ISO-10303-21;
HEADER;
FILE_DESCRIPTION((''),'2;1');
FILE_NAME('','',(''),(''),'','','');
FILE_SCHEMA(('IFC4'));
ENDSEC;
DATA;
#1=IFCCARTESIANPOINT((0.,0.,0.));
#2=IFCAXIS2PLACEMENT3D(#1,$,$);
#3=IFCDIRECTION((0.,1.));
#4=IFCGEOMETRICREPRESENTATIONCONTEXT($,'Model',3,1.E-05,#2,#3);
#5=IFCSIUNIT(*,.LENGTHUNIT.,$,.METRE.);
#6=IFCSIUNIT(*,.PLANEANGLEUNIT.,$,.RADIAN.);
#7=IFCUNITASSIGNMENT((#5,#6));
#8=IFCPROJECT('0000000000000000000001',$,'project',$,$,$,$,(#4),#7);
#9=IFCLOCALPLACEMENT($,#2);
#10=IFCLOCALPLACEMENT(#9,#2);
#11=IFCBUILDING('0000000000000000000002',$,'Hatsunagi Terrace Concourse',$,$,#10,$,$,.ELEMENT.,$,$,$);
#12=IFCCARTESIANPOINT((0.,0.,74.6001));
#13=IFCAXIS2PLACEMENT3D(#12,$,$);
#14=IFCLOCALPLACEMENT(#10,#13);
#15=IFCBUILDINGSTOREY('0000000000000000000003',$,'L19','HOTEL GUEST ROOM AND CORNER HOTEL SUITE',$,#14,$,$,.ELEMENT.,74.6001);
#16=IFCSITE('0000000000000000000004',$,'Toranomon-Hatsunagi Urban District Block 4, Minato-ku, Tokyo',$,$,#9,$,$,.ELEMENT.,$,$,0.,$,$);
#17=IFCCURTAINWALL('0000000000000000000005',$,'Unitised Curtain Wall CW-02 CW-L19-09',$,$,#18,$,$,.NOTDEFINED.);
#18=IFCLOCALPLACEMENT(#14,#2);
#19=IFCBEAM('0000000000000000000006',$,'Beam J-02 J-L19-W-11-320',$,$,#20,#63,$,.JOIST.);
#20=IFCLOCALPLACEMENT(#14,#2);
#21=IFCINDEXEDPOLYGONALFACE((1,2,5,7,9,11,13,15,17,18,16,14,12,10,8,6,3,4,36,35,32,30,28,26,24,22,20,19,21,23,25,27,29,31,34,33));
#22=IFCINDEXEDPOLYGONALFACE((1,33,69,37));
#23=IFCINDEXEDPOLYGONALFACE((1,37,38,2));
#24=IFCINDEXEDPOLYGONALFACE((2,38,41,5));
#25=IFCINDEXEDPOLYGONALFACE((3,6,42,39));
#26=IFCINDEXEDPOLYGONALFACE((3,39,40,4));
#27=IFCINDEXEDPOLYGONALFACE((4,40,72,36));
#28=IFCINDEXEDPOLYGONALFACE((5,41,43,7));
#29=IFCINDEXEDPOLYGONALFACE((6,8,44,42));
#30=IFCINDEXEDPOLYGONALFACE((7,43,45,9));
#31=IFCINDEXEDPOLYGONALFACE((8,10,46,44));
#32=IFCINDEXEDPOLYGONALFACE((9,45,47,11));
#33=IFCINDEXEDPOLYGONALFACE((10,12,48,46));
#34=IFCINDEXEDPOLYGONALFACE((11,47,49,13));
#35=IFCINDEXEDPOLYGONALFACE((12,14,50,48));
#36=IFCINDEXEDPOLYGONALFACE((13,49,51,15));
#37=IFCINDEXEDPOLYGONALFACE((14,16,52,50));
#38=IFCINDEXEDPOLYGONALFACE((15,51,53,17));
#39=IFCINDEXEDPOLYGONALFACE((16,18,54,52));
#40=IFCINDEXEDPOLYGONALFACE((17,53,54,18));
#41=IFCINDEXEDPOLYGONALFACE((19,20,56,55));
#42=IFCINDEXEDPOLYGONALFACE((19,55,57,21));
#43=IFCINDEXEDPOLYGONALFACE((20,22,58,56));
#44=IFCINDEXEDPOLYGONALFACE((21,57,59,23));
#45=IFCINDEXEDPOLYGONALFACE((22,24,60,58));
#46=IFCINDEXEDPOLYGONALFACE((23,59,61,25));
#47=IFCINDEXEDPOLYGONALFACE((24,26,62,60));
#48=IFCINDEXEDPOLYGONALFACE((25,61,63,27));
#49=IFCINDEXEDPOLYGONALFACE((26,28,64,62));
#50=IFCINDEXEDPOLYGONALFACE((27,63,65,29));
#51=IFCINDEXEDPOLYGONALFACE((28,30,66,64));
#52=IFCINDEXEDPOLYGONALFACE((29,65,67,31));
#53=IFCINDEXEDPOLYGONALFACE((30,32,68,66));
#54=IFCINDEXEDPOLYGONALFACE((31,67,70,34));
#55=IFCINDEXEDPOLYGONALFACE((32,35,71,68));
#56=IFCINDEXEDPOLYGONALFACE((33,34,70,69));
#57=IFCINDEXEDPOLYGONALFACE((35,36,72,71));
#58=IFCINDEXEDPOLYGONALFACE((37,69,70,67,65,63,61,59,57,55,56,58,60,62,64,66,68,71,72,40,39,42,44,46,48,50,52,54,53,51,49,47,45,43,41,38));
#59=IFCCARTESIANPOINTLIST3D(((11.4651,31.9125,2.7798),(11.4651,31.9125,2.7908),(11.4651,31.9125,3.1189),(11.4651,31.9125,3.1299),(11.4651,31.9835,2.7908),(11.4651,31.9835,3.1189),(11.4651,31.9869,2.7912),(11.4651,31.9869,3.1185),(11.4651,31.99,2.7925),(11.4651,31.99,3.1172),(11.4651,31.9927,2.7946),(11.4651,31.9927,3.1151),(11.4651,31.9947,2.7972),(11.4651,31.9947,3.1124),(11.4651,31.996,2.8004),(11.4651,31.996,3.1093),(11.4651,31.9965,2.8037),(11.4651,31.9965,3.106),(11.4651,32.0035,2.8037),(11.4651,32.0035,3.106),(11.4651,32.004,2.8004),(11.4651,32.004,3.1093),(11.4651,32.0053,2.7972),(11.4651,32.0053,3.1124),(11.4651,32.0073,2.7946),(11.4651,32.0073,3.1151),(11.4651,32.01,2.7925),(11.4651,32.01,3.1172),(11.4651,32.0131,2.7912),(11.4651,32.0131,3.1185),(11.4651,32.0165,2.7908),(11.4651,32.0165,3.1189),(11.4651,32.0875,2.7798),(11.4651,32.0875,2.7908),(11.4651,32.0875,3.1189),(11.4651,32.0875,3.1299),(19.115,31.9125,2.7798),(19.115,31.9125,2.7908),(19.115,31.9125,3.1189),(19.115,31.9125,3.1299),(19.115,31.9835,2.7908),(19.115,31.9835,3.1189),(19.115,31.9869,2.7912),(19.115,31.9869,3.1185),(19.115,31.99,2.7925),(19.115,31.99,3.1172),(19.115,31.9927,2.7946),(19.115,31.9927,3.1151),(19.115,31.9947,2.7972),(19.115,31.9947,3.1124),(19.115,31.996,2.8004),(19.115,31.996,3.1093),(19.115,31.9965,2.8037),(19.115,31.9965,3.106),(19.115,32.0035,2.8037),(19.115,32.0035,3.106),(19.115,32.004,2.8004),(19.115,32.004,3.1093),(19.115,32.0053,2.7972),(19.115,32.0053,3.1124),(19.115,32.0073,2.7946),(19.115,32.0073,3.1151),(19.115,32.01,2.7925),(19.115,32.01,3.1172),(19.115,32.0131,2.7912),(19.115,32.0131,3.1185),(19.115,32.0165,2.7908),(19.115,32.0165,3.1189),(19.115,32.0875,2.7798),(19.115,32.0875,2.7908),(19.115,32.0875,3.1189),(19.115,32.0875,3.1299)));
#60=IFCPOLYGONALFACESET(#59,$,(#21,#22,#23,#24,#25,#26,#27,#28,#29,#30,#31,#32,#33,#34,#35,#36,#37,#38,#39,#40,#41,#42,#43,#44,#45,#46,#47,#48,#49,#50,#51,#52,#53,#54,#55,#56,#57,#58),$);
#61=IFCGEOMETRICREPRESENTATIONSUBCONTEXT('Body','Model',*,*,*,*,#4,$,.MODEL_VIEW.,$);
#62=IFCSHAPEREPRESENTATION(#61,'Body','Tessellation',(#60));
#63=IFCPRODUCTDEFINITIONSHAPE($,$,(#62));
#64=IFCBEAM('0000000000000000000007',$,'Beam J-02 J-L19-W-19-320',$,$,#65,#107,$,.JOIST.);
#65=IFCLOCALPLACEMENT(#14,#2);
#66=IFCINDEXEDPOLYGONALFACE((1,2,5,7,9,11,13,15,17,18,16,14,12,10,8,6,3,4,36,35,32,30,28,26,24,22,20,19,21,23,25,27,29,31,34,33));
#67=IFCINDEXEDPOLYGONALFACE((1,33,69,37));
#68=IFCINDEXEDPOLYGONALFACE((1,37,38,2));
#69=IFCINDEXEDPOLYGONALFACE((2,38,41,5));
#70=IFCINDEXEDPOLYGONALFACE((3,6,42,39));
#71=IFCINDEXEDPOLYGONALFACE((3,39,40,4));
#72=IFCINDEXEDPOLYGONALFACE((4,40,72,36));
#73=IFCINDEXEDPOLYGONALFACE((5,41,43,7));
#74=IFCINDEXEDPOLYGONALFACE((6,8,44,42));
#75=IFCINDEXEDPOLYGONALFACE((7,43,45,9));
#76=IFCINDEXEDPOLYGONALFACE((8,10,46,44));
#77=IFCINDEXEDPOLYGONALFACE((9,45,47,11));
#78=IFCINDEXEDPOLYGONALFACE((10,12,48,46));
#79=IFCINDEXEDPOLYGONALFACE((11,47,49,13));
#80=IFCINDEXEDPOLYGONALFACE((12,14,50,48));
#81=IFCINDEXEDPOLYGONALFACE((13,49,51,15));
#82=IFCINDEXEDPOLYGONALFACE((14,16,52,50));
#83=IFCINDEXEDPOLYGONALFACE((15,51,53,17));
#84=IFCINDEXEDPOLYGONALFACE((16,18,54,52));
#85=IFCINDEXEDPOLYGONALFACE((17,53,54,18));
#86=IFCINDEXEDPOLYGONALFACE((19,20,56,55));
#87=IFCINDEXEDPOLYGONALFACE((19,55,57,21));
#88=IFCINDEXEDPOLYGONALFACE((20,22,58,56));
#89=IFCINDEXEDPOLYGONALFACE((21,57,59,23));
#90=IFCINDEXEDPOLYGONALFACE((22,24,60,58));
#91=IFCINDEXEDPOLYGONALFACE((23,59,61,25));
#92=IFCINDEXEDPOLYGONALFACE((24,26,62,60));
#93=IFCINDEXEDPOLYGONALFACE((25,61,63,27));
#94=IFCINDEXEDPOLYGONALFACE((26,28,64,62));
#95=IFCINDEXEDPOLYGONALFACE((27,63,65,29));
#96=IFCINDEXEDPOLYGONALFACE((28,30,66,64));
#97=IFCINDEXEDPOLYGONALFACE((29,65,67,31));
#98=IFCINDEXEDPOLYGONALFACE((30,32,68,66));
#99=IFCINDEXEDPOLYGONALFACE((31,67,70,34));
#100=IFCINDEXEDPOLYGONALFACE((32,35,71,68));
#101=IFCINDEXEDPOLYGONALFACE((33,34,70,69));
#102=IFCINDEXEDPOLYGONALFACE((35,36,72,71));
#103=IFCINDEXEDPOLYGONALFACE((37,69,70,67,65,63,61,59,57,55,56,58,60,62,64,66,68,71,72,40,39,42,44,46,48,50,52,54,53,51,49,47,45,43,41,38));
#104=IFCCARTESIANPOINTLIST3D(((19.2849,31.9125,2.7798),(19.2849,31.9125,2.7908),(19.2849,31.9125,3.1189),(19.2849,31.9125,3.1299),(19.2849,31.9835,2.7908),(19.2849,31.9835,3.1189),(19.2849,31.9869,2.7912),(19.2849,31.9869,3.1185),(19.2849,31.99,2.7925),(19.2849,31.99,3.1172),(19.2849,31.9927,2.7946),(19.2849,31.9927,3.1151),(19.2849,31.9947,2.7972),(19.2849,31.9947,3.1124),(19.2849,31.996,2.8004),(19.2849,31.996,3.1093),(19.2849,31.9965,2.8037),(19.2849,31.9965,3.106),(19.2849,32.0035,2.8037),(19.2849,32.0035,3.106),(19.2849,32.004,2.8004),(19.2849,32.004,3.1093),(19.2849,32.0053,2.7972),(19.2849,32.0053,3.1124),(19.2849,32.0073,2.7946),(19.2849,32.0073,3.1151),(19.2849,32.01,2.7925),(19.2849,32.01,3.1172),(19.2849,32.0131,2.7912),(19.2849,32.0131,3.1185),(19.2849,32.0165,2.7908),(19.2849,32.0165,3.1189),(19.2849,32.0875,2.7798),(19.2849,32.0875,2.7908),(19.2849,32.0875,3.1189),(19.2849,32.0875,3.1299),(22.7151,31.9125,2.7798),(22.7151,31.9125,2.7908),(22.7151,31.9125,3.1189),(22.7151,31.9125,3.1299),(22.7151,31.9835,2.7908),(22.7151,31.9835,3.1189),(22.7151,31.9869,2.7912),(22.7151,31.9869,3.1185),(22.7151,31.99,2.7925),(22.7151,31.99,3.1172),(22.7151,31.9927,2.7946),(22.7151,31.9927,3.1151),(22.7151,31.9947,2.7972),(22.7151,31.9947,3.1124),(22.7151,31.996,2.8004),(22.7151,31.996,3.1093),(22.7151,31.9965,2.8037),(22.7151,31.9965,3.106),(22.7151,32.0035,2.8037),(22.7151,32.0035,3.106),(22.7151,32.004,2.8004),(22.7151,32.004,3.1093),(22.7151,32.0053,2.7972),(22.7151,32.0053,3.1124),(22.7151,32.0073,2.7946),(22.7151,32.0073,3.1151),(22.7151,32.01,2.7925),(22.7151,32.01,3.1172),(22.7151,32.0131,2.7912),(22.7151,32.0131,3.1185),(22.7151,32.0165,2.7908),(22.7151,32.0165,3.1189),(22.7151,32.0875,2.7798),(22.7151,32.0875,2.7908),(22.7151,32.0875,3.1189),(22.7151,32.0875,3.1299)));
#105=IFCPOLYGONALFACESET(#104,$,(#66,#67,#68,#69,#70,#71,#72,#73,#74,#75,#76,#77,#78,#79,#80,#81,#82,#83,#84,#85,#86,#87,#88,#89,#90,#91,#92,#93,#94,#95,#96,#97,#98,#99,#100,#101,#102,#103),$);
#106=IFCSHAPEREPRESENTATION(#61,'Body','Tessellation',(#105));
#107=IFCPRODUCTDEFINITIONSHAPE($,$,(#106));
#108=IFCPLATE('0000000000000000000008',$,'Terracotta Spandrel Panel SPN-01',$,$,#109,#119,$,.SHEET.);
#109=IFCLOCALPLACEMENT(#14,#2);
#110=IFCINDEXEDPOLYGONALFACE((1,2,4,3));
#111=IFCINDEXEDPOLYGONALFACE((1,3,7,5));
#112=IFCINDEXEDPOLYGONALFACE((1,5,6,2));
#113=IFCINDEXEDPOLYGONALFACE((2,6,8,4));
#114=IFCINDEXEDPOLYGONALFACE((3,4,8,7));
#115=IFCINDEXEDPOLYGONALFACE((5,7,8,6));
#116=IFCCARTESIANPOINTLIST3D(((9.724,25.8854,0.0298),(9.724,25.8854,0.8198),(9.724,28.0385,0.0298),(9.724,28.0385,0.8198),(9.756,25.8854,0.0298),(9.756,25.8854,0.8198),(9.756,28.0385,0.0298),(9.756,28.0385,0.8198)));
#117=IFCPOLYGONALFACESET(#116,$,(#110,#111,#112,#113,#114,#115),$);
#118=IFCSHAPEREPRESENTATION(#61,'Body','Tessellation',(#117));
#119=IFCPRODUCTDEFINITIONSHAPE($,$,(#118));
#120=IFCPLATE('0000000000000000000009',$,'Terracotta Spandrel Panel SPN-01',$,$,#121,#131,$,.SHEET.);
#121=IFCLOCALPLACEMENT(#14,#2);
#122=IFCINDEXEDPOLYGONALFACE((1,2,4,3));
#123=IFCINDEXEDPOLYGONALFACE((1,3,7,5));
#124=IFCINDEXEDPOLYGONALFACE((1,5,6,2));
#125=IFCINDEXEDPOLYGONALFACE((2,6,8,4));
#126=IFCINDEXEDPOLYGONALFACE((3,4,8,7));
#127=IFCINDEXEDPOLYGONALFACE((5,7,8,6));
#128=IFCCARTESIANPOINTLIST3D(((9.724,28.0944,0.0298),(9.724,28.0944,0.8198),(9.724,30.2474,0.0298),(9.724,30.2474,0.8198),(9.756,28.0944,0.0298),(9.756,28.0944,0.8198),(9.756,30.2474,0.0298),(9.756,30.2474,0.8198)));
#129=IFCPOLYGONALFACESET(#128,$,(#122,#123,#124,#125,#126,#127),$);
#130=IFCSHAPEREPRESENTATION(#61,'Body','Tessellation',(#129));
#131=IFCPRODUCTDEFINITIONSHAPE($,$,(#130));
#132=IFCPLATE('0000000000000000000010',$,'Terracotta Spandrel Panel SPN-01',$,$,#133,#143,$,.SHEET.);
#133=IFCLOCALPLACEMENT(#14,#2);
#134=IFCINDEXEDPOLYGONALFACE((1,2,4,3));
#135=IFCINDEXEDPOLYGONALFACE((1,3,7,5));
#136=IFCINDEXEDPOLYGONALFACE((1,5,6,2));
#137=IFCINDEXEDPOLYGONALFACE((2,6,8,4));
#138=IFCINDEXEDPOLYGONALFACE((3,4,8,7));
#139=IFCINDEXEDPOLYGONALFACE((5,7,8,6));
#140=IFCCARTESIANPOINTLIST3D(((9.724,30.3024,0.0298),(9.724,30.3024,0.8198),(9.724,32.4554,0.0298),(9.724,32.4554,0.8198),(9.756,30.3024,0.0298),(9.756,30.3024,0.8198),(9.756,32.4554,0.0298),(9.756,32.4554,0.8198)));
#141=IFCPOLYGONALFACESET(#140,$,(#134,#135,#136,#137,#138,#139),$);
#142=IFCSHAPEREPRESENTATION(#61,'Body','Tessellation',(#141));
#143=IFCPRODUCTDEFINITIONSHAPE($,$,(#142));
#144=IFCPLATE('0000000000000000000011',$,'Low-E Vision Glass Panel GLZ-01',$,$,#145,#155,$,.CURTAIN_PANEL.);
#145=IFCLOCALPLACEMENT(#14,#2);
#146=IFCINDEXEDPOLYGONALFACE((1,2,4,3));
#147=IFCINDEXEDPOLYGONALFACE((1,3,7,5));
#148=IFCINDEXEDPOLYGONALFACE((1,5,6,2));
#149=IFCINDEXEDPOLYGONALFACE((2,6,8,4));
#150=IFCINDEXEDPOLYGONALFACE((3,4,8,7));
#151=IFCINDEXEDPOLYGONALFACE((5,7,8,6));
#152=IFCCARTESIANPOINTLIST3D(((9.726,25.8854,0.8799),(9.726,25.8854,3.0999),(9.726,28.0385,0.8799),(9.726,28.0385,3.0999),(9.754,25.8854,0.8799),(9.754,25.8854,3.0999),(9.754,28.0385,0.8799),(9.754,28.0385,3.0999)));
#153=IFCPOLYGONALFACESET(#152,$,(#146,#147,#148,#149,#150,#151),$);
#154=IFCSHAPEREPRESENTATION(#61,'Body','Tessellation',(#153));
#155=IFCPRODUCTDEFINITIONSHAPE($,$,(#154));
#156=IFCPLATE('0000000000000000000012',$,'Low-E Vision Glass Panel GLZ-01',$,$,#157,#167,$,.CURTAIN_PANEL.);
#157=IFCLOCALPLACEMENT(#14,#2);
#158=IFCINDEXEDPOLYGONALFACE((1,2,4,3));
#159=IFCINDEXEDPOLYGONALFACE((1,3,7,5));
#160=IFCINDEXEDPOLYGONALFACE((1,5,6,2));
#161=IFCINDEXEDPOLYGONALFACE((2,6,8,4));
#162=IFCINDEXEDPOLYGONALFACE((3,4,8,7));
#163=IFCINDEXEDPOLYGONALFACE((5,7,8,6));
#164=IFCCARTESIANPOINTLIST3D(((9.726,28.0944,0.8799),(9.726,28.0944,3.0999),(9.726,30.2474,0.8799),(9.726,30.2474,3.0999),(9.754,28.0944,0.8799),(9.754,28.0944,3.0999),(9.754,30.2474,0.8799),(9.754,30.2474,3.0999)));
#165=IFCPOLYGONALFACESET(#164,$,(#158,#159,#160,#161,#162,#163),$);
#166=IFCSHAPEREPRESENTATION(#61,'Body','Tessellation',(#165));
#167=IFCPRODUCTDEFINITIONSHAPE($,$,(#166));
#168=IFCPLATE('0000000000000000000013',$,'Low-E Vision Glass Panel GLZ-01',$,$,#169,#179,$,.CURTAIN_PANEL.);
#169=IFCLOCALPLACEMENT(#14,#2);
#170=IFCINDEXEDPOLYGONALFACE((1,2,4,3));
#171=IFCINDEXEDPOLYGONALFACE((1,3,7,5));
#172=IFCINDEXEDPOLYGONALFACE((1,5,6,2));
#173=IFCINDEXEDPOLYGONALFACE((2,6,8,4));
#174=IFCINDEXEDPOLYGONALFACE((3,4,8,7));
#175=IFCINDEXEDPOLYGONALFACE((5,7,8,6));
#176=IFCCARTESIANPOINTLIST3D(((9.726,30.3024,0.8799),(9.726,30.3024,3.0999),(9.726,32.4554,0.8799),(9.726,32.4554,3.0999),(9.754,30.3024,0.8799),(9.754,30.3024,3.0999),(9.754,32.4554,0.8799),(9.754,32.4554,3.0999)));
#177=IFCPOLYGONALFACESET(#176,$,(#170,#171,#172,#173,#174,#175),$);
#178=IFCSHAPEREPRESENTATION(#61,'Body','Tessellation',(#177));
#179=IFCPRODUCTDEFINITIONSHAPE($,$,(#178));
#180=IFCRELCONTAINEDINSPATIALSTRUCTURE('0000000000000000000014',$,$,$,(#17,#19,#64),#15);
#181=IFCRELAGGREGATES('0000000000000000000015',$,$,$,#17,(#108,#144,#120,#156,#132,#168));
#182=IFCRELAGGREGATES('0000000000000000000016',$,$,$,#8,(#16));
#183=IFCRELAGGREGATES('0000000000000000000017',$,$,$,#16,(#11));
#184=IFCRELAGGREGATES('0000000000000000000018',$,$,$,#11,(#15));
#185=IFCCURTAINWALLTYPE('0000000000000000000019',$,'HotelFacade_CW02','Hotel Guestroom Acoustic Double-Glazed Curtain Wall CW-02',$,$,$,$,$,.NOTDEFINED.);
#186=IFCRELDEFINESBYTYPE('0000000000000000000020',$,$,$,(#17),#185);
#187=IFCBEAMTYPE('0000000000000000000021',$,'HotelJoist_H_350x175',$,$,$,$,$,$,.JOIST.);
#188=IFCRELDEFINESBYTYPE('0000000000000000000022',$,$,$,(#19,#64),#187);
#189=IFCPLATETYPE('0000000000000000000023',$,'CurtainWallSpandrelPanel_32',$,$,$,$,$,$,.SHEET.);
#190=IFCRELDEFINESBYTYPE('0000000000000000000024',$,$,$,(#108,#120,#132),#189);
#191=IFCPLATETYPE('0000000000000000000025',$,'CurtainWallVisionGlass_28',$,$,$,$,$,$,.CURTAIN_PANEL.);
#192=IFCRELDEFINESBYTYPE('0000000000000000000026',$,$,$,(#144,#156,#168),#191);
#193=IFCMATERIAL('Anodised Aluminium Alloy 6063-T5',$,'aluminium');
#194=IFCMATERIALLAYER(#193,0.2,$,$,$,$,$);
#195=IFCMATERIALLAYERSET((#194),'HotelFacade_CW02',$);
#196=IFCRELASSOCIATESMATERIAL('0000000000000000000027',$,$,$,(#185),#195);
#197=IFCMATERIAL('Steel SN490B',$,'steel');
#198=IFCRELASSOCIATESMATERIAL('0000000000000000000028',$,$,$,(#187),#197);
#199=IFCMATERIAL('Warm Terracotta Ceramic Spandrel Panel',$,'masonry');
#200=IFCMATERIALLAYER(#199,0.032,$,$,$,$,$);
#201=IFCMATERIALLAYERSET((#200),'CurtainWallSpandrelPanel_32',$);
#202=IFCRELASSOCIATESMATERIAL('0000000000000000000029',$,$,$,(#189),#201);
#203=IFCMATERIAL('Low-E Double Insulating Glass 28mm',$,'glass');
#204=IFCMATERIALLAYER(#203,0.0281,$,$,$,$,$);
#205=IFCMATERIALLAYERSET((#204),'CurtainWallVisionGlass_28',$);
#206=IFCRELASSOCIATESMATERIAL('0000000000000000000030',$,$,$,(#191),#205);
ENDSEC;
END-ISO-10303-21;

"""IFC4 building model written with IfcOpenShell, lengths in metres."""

from ifc_helpers import new_model, si_unit, direction, frame, origin, origin_2d, place, context, subcontext, project, spatial, rectangle, i_section, extrude, material, layer, layer_set, material_profile, profile_set, type_object, element, aggregate, save


model = new_model("IFC4")

# Units and contexts
model_context = context("Model", 3, precision=1e-05, world=origin(), true_north=direction((0.0, 1.0)))
body_context = subcontext(model_context, "Body", "Model", "MODEL_VIEW")
ifc_project = project(units=[si_unit("LENGTHUNIT", "METRE"), si_unit("PLANEANGLEUNIT", "RADIAN")], contexts=[model_context])

# Site, building, storey
site_placement = place(None, origin())
site = spatial("IfcSite", under=ifc_project, at=site_placement, Name="Toranomon-Hatsunagi Urban District Block 4, Minato-ku, Tokyo", CompositionType="ELEMENT", RefElevation=0.0)
building_placement = place(site_placement, origin())
building = spatial("IfcBuilding", under=site, at=building_placement, Name="Hatsunagi Terrace Concourse", CompositionType="ELEMENT")
storey_placement = place(building_placement, frame((0.0, 0.0, 74.6001)))
storey = spatial("IfcBuildingStorey", under=building, at=storey_placement, Name="L19", Description="HOTEL GUEST ROOM AND CORNER HOTEL SUITE", CompositionType="ELEMENT", Elevation=74.6001)

# Curtain wall
ifc_material_1 = material(Name="Anodised Aluminium Alloy 6063-T5", Category="aluminium")
ifc_layer_1 = layer(ifc_material_1, 0.2)
ifc_layer_set_1 = layer_set([ifc_layer_1], Name="HotelFacade_CW02")
curtain_wall_type = type_object("IfcCurtainWallType", Name="HotelFacade_CW02", Description="Hotel Guestroom Acoustic Double-Glazed Curtain Wall CW-02", PredefinedType="NOTDEFINED", material=ifc_layer_set_1)
curtain_wall_placement = place(storey_placement, origin())
curtain_wall = element("IfcCurtainWall", 1, at=curtain_wall_placement, inside=storey, type_object=curtain_wall_type, Name="Unitised Curtain Wall CW-02 CW-L19-09", PredefinedType="NOTDEFINED")

# Beams
ifc_material_2 = material(Name="Steel SN490B", Category="steel")
ifc_material_profile_1 = material_profile(ifc_material_2, i_section(OverallWidth=0.175, OverallDepth=0.3501, WebThickness=0.0071, FlangeThickness=0.011, FilletRadius=0.0129, at=origin_2d()), Name="H-350x175x7x11")
ifc_profile_set_1 = profile_set([ifc_material_profile_1], Name="Steel SN490B")
beam_type_1 = type_object("IfcBeamType", Name="HotelJoist_H_350x175", PredefinedType="JOIST", material=ifc_profile_set_1)
beam_1_placement = place(storey_placement, frame((11.4651, 32.0, 2.9548), z_axis=(1.0, 0.0, 0.0), x_axis=(0.0, 1.0, 0.0)))
element("IfcBeam", 2, at=beam_1_placement, inside=storey, type_object=beam_type_1, Name="Beam J-02 J-L19-W-11-320", PredefinedType="JOIST", context=body_context, shape_type="SweptSolid", body=[
    extrude(i_section(OverallWidth=0.175, OverallDepth=0.3501, WebThickness=0.0071, FlangeThickness=0.011, FilletRadius=0.0129, at=origin_2d()), origin(), (0.0, 0.0, 1.0), 7.6499),
])
beam_2_placement = place(storey_placement, frame((19.2849, 32.0, 2.9548), z_axis=(1.0, 0.0, 0.0), x_axis=(0.0, 1.0, 0.0)))
element("IfcBeam", 3, at=beam_2_placement, inside=storey, type_object=beam_type_1, Name="Beam J-02 J-L19-W-19-320", PredefinedType="JOIST", context=body_context, shape_type="SweptSolid", body=[
    extrude(i_section(OverallWidth=0.175, OverallDepth=0.3501, WebThickness=0.0071, FlangeThickness=0.011, FilletRadius=0.0129, at=origin_2d()), origin(), (0.0, 0.0, 1.0), 3.4302),
])

# Plates
ifc_material_3 = material(Name="Warm Terracotta Ceramic Spandrel Panel", Category="masonry")
ifc_layer_2 = layer(ifc_material_3, 0.032)
ifc_layer_set_2 = layer_set([ifc_layer_2], Name="CurtainWallSpandrelPanel_32")
plate_type_1 = type_object("IfcPlateType", Name="CurtainWallSpandrelPanel_32", PredefinedType="SHEET", material=ifc_layer_set_2)
plate_1_placement = place(storey_placement, frame((9.74, 26.9619, 0.0298), z_axis=(0.0, 0.0, 1.0), x_axis=(0.0, 1.0, 0.0)))
plate_1 = element("IfcPlate", 4, at=plate_1_placement, type_object=plate_type_1, Name="Terracotta Spandrel Panel SPN-01", PredefinedType="SHEET", context=body_context, shape_type="SweptSolid", body=[
    extrude(rectangle(XDim=2.1531, YDim=0.032, at=origin_2d()), origin(), (0.0, 0.0, 1.0), 0.79),
])
plate_2_placement = place(storey_placement, frame((9.74, 29.1709, 0.0298), z_axis=(0.0, 0.0, 1.0), x_axis=(0.0, 1.0, 0.0)))
plate_2 = element("IfcPlate", 5, at=plate_2_placement, type_object=plate_type_1, Name="Terracotta Spandrel Panel SPN-01", PredefinedType="SHEET", context=body_context, shape_type="SweptSolid", body=[
    extrude(rectangle(XDim=2.1531, YDim=0.032, at=origin_2d()), origin(), (0.0, 0.0, 1.0), 0.79),
])
plate_3_placement = place(storey_placement, frame((9.74, 31.3789, 0.0298), z_axis=(0.0, 0.0, 1.0), x_axis=(0.0, 1.0, 0.0)))
plate_3 = element("IfcPlate", 6, at=plate_3_placement, type_object=plate_type_1, Name="Terracotta Spandrel Panel SPN-01", PredefinedType="SHEET", context=body_context, shape_type="SweptSolid", body=[
    extrude(rectangle(XDim=2.1531, YDim=0.032, at=origin_2d()), origin(), (0.0, 0.0, 1.0), 0.79),
])
ifc_material_4 = material(Name="Low-E Double Insulating Glass 28mm", Category="glass")
ifc_layer_3 = layer(ifc_material_4, 0.0281)
ifc_layer_set_3 = layer_set([ifc_layer_3], Name="CurtainWallVisionGlass_28")
plate_type_2 = type_object("IfcPlateType", Name="CurtainWallVisionGlass_28", PredefinedType="CURTAIN_PANEL", material=ifc_layer_set_3)
plate_4_placement = place(storey_placement, frame((9.74, 26.9619, 0.8799), z_axis=(0.0, 0.0, 1.0), x_axis=(0.0, 1.0, 0.0)))
plate_4 = element("IfcPlate", 7, at=plate_4_placement, type_object=plate_type_2, Name="Low-E Vision Glass Panel GLZ-01", PredefinedType="CURTAIN_PANEL", context=body_context, shape_type="SweptSolid", body=[
    extrude(rectangle(XDim=2.1531, YDim=0.0281, at=origin_2d()), origin(), (0.0, 0.0, 1.0), 2.22),
])
plate_5_placement = place(storey_placement, frame((9.74, 29.1709, 0.8799), z_axis=(0.0, 0.0, 1.0), x_axis=(0.0, 1.0, 0.0)))
plate_5 = element("IfcPlate", 8, at=plate_5_placement, type_object=plate_type_2, Name="Low-E Vision Glass Panel GLZ-01", PredefinedType="CURTAIN_PANEL", context=body_context, shape_type="SweptSolid", body=[
    extrude(rectangle(XDim=2.1531, YDim=0.0281, at=origin_2d()), origin(), (0.0, 0.0, 1.0), 2.22),
])
plate_6_placement = place(storey_placement, frame((9.74, 31.3789, 0.8799), z_axis=(0.0, 0.0, 1.0), x_axis=(0.0, 1.0, 0.0)))
plate_6 = element("IfcPlate", 9, at=plate_6_placement, type_object=plate_type_2, Name="Low-E Vision Glass Panel GLZ-01", PredefinedType="CURTAIN_PANEL", context=body_context, shape_type="SweptSolid", body=[
    extrude(rectangle(XDim=2.1531, YDim=0.0281, at=origin_2d()), origin(), (0.0, 0.0, 1.0), 2.22),
])
aggregate(curtain_wall, [plate_1, plate_4, plate_2, plate_5, plate_3, plate_6])

save(model, "model.ifc")
